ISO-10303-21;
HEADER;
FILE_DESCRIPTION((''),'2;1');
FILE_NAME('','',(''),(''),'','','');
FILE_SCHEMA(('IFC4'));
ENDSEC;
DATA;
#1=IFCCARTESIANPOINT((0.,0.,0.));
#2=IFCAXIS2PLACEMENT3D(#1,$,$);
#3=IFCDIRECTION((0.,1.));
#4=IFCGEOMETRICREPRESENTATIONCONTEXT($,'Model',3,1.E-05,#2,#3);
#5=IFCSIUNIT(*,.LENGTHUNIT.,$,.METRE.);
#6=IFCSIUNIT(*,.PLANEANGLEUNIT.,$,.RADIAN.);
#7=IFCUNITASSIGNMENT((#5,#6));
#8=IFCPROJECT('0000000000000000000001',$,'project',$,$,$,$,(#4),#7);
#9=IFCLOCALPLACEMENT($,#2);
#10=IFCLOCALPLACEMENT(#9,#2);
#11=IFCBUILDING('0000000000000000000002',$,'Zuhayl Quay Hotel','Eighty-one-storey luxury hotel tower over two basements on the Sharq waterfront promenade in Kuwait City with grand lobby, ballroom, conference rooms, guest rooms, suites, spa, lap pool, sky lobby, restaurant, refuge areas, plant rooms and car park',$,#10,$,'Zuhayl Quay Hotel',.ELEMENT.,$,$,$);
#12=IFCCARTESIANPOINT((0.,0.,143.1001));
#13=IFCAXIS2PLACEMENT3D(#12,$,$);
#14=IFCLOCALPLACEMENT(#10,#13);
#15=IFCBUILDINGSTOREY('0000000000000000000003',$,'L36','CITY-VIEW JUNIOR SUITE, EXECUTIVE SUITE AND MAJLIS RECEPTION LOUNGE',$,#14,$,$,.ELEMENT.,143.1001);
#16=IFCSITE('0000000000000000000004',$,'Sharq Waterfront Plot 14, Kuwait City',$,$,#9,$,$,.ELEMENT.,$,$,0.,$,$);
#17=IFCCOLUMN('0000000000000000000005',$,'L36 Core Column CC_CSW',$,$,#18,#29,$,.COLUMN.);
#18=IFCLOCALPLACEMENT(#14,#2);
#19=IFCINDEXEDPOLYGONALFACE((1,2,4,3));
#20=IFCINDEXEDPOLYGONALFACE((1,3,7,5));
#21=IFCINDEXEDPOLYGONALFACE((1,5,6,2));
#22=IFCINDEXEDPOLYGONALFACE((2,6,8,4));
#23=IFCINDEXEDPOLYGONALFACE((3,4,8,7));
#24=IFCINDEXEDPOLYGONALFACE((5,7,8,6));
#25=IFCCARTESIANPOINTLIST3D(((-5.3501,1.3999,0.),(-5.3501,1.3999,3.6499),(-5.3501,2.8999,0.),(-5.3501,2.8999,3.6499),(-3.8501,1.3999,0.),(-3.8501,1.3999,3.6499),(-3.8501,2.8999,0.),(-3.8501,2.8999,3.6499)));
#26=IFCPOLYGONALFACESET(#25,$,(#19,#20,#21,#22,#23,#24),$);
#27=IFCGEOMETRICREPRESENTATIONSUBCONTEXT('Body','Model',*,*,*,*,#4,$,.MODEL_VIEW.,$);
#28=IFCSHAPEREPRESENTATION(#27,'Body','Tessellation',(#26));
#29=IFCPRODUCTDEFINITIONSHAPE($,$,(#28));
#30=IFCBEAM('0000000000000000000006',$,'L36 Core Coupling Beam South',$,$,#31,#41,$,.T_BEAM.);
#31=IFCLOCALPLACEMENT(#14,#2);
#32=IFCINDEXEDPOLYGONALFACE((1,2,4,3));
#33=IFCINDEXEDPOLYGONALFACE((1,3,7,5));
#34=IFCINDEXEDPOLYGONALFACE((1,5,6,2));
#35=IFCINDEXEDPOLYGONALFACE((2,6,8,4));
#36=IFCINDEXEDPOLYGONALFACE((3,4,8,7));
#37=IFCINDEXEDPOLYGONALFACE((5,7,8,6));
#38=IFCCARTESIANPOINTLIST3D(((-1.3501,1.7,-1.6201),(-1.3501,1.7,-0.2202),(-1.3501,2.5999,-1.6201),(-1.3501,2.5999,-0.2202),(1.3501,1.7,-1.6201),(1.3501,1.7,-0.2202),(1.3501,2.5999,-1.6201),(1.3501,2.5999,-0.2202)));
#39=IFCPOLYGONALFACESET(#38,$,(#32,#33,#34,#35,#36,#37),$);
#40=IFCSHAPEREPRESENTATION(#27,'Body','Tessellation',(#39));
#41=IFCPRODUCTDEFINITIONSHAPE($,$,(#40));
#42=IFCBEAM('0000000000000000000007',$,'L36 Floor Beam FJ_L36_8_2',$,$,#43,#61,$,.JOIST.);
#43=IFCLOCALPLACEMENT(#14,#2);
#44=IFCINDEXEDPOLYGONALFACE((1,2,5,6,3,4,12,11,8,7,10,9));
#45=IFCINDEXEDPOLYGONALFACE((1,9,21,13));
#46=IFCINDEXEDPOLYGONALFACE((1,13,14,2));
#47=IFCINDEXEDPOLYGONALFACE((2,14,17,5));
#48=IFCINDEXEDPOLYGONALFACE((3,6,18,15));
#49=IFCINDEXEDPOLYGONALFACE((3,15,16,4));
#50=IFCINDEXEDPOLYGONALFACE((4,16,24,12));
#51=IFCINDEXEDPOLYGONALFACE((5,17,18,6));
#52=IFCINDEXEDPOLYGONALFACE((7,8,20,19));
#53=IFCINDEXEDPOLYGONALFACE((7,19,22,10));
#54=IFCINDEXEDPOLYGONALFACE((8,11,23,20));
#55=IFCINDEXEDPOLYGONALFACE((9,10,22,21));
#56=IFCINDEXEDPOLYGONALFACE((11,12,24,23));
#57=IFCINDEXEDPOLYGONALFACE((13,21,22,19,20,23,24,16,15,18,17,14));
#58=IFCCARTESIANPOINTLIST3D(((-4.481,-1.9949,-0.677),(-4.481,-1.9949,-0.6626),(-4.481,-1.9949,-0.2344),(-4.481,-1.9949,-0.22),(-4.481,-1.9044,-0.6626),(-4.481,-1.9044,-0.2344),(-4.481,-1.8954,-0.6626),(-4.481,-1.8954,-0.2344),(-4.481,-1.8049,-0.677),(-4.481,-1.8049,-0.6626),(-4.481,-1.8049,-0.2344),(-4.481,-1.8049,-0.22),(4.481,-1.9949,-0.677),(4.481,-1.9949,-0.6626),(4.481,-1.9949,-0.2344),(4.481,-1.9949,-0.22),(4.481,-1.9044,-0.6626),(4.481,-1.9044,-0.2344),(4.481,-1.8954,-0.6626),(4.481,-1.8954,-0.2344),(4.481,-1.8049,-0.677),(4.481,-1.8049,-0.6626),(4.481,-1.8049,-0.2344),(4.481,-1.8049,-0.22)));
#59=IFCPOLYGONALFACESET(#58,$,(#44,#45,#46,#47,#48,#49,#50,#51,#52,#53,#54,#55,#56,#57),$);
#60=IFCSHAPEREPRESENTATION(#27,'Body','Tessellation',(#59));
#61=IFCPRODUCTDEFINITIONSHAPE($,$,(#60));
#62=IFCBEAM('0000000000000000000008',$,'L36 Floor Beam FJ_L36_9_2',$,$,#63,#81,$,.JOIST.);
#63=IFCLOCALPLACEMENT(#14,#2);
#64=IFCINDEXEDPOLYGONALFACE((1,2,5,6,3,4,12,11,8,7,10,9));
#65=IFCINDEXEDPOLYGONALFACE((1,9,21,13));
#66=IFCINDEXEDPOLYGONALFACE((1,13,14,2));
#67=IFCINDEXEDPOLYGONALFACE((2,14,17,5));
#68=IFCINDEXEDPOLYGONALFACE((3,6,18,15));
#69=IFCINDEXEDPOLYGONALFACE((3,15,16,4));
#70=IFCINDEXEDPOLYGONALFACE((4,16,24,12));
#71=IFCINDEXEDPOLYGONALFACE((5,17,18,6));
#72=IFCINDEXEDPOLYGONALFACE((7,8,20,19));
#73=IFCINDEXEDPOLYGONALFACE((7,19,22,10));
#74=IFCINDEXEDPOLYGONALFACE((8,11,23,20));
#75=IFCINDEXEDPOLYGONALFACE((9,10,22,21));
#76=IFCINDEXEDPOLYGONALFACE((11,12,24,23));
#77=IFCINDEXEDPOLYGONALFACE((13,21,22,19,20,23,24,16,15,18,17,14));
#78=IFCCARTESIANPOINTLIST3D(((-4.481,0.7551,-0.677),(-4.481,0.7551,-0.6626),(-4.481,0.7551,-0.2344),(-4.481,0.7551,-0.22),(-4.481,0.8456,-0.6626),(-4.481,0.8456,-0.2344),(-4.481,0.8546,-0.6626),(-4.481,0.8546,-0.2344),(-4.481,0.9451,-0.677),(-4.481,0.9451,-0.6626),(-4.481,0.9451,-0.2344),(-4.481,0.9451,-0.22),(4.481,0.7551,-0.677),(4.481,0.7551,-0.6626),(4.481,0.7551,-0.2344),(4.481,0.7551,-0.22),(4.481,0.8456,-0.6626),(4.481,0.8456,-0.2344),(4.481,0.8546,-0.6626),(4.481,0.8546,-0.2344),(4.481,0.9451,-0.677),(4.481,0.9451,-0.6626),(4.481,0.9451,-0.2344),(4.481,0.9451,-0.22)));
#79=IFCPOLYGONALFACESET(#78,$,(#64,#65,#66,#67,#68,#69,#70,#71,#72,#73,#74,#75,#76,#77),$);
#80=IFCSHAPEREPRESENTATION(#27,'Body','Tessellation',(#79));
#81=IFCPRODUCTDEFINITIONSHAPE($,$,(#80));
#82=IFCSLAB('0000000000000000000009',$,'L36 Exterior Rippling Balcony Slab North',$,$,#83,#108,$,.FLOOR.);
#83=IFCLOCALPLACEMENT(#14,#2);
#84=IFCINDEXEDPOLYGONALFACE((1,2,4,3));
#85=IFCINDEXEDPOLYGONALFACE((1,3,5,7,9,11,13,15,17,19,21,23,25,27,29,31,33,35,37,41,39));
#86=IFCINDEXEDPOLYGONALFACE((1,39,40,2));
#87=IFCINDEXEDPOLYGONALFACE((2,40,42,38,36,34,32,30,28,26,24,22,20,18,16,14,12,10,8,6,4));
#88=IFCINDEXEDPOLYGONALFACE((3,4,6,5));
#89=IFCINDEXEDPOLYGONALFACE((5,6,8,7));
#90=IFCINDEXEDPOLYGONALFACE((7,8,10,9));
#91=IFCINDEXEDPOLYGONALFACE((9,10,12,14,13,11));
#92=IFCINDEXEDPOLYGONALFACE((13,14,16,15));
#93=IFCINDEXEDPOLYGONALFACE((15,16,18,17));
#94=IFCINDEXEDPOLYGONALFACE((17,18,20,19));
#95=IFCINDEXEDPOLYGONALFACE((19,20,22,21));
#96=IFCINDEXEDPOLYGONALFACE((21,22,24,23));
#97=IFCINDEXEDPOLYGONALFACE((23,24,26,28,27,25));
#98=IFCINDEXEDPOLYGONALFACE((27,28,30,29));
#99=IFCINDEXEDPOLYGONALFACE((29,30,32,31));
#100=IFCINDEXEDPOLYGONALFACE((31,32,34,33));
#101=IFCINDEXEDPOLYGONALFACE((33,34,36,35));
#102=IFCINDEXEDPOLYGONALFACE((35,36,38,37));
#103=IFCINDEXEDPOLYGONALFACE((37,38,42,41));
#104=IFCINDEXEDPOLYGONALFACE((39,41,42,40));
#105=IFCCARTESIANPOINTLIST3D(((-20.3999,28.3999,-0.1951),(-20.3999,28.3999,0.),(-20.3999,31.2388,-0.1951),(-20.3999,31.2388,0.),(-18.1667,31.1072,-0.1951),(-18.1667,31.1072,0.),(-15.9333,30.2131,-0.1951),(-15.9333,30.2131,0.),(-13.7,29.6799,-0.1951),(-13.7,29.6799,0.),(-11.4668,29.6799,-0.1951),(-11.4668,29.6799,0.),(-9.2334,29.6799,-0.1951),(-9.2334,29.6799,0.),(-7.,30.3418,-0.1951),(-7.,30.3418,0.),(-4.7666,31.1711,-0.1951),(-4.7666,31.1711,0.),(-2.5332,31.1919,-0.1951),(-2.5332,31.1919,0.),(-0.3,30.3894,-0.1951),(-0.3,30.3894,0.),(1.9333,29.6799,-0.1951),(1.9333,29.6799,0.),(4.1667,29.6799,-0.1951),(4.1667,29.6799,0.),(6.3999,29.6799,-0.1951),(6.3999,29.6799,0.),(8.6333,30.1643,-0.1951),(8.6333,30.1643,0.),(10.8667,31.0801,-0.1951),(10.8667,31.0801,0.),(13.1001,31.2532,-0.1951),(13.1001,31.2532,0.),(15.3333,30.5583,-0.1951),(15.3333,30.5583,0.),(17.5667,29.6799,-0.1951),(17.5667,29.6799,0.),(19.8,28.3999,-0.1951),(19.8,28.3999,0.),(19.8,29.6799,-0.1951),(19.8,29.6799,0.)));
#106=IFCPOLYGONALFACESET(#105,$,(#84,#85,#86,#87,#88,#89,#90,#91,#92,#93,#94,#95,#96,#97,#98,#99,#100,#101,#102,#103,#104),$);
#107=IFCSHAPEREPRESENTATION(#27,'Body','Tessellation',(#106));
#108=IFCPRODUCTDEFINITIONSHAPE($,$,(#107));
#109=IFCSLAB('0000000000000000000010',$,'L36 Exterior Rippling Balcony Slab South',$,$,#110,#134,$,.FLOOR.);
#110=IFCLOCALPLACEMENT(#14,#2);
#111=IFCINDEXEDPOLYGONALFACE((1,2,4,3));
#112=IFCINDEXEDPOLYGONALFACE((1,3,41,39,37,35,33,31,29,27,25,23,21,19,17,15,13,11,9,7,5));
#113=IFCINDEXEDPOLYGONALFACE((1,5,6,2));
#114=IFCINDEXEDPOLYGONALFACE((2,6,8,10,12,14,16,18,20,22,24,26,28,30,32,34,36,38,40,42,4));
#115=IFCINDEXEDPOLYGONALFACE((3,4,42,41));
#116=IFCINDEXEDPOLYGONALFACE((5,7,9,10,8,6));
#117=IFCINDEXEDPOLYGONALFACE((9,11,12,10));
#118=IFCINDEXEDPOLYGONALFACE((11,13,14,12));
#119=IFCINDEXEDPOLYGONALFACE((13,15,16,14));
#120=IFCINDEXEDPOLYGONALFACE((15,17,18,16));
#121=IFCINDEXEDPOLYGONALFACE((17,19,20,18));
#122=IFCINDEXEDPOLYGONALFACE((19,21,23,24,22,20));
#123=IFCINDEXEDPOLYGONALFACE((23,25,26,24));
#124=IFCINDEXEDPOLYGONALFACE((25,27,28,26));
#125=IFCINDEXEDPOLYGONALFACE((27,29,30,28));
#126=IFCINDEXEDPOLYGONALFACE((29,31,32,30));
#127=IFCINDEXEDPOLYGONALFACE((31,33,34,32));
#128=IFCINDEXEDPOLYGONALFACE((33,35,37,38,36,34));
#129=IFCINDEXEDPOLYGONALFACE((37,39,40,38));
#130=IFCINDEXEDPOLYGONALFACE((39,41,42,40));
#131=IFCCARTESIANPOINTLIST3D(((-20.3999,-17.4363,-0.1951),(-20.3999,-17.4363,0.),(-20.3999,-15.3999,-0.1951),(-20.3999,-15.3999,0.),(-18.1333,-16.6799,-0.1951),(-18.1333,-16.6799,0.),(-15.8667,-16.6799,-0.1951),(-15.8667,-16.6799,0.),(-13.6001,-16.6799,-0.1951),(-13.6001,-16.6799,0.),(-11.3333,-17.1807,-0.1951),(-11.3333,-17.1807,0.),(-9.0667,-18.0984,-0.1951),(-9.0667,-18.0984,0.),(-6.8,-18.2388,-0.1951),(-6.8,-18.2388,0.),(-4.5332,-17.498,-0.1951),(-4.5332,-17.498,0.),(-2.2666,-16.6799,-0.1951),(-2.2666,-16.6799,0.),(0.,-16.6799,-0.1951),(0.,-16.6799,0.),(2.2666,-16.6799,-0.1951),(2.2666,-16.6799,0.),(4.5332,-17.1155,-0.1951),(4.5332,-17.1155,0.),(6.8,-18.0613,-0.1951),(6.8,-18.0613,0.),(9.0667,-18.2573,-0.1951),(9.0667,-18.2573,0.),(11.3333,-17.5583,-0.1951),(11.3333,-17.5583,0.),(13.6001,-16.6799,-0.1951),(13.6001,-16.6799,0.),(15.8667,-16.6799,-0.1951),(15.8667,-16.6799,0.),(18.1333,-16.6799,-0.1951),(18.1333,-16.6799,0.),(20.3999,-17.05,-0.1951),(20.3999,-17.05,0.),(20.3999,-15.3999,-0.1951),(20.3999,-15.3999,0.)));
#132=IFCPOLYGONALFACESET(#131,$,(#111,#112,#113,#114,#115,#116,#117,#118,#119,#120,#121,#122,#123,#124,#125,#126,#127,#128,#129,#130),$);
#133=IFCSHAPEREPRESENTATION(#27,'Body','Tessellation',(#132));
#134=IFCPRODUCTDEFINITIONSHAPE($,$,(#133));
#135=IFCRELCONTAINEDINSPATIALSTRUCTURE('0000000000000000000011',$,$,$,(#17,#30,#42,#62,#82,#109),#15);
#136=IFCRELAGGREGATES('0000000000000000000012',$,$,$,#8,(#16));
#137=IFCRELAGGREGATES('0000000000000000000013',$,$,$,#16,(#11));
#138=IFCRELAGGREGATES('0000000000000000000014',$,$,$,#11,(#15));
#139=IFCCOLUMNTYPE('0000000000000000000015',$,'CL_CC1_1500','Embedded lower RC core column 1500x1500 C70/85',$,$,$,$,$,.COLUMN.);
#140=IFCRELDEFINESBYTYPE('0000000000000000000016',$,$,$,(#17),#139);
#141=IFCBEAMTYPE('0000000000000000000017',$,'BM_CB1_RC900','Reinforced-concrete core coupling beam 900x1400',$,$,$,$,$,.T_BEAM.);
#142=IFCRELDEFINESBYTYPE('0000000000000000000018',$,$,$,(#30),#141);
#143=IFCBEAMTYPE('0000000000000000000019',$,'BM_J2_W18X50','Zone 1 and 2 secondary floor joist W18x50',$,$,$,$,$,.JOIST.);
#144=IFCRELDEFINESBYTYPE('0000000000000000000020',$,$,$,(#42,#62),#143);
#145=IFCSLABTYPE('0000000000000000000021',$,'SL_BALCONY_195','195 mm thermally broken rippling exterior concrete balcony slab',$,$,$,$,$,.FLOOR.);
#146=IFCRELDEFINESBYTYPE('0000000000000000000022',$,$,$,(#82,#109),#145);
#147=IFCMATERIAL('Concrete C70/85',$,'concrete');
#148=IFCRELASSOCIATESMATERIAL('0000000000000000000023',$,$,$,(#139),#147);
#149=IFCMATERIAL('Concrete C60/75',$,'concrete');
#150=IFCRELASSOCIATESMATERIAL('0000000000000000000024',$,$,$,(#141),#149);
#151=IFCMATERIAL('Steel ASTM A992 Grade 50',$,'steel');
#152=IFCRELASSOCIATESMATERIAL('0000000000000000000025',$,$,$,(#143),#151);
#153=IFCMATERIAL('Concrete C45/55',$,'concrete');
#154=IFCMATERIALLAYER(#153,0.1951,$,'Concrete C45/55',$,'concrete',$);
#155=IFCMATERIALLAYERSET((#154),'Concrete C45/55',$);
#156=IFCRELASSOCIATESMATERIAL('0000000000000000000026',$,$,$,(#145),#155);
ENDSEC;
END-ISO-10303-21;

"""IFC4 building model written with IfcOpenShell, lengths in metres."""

from ifc_helpers import new_model, si_unit, direction, frame, origin, origin_2d, place, context, subcontext, project, spatial, polyline, rectangle, i_section, outline, extrude, material, layer, layer_set, material_profile, profile_set, type_object, element, save


model = new_model("IFC4")

# Units and contexts
model_context = context("Model", 3, precision=1e-05, world=origin(), true_north=direction((0.0, 1.0)))
body_context = subcontext(model_context, "Body", "Model", "MODEL_VIEW")
ifc_project = project(units=[si_unit("LENGTHUNIT", "METRE"), si_unit("PLANEANGLEUNIT", "RADIAN")], contexts=[model_context])

# Site, building, storey
site_placement = place(None, origin())
site = spatial("IfcSite", under=ifc_project, at=site_placement, Name="Sharq Waterfront Plot 14, Kuwait City", CompositionType="ELEMENT", RefElevation=0.0)
building_placement = place(site_placement, origin())
building = spatial("IfcBuilding", under=site, at=building_placement, Name="Zuhayl Quay Hotel", Description="Eighty-one-storey luxury hotel tower over two basements on the Sharq waterfront promenade in Kuwait City with grand lobby, ballroom, conference rooms, guest rooms, suites, spa, lap pool, sky lobby, restaurant, refuge areas, plant rooms and car park", LongName="Zuhayl Quay Hotel", CompositionType="ELEMENT")
storey_placement = place(building_placement, frame((0.0, 0.0, 143.1001)))
storey = spatial("IfcBuildingStorey", under=building, at=storey_placement, Name="L36", Description="CITY-VIEW JUNIOR SUITE, EXECUTIVE SUITE AND MAJLIS RECEPTION LOUNGE", CompositionType="ELEMENT", Elevation=143.1001)

# Column
ifc_material_1 = material(Name="Concrete C70/85", Category="concrete")
ifc_material_profile_1 = material_profile(ifc_material_1, rectangle(XDim=1.5, YDim=1.5, at=origin_2d()), Name="RC1500X1500")
ifc_profile_set_1 = profile_set([ifc_material_profile_1], Name="Concrete C70/85")
column_type = type_object("IfcColumnType", Name="CL_CC1_1500", Description="Embedded lower RC core column 1500x1500 C70/85", PredefinedType="COLUMN", material=ifc_profile_set_1)
column_placement = place(storey_placement, frame((-4.6001, 2.1499, 0.0), z_axis=(0.0, 0.0, 1.0), x_axis=(1.0, 0.0, 0.0)))
element("IfcColumn", 1, at=column_placement, inside=storey, type_object=column_type, Name="L36 Core Column CC_CSW", PredefinedType="COLUMN", context=body_context, shape_type="SweptSolid", body=[
    extrude(rectangle(XDim=1.5, YDim=1.5, at=origin_2d()), origin(), (0.0, 0.0, 1.0), 3.6499),
])

# Beams
ifc_material_2 = material(Name="Concrete C60/75", Category="concrete")
ifc_material_profile_2 = material_profile(ifc_material_2, rectangle(XDim=0.8999, YDim=1.3999, at=origin_2d()), Name="RC900X1400")
ifc_profile_set_2 = profile_set([ifc_material_profile_2], Name="Concrete C60/75")
beam_type_1 = type_object("IfcBeamType", Name="BM_CB1_RC900", Description="Reinforced-concrete core coupling beam 900x1400", PredefinedType="T_BEAM", material=ifc_profile_set_2)
beam_placement = place(storey_placement, frame((-1.3501, 2.1499, -0.9202), z_axis=(1.0, 0.0, 0.0), x_axis=(0.0, 1.0, 0.0)))
element("IfcBeam", 2, at=beam_placement, inside=storey, type_object=beam_type_1, Name="L36 Core Coupling Beam South", PredefinedType="T_BEAM", context=body_context, shape_type="SweptSolid", body=[
    extrude(rectangle(XDim=0.8999, YDim=1.3999, at=origin_2d()), origin(), (0.0, 0.0, 1.0), 2.7002),
])
ifc_material_3 = material(Name="Steel ASTM A992 Grade 50", Category="steel")
ifc_material_profile_3 = material_profile(ifc_material_3, i_section(OverallWidth=0.1899, OverallDepth=0.457, WebThickness=0.009, FlangeThickness=0.0144, at=origin_2d()), Name="W18X50")
ifc_profile_set_3 = profile_set([ifc_material_profile_3], Name="Steel ASTM A992 Grade 50")
beam_type_2 = type_object("IfcBeamType", Name="BM_J2_W18X50", Description="Zone 1 and 2 secondary floor joist W18x50", PredefinedType="JOIST", material=ifc_profile_set_3)
for number, where, z_axis, x_axis, name in (
    (3, (-4.481, -1.8999, -0.4485), (1.0, 0.0, 0.0), (0.0, 1.0, 0.0), "L36 Floor Beam FJ_L36_8_2"),
    (4, (-4.481, 0.8501, -0.4485), (1.0, 0.0, 0.0), (0.0, 1.0, 0.0), "L36 Floor Beam FJ_L36_9_2"),
):
    element("IfcBeam", number, at=place(storey_placement, frame(where, z_axis=z_axis, x_axis=x_axis)), inside=storey, type_object=beam_type_2, Name=name, PredefinedType="JOIST", context=body_context, shape_type="SweptSolid", body=[
        extrude(i_section(OverallWidth=0.1899, OverallDepth=0.457, WebThickness=0.009, FlangeThickness=0.0144, at=origin_2d()), origin(), (0.0, 0.0, 1.0), 8.9619),
    ])

# Slabs
ifc_material_4 = material(Name="Concrete C45/55", Category="concrete")
ifc_layer_1 = layer(ifc_material_4, 0.1951, Name="Concrete C45/55", Category="concrete")
ifc_layer_set_1 = layer_set([ifc_layer_1], Name="Concrete C45/55")
slab_type_1 = type_object("IfcSlabType", Name="SL_BALCONY_195", Description="195 mm thermally broken rippling exterior concrete balcony slab", PredefinedType="FLOOR", material=ifc_layer_set_1)
slab_1_placement = place(storey_placement, frame((0.0, 0.0, -0.1951)))
element("IfcSlab", 5, at=slab_1_placement, inside=storey, type_object=slab_type_1, Name="L36 Exterior Rippling Balcony Slab North", PredefinedType="FLOOR", context=body_context, shape_type="SweptSolid", body=[
    extrude(outline(polyline([(-20.3999, 28.3999), (19.8, 28.3999), (19.8, 29.6799), (17.5667, 29.6799), (15.3333, 30.5583), (13.1001, 31.2532), (10.8667, 31.0801), (8.6333, 30.1643), (6.3999, 29.6799), (4.1667, 29.6799), (1.9333, 29.6799), (-0.3, 30.3894), (-2.5332, 31.1919), (-4.7666, 31.1711), (-7.0, 30.3418), (-9.2334, 29.6799), (-11.4668, 29.6799), (-13.7, 29.6799), (-15.9333, 30.2131), (-18.1667, 31.1072), (-20.3999, 31.2388), (-20.3999, 28.3999)])), origin(), (0.0, 0.0, 1.0), 0.1951),
])
slab_2_placement = place(storey_placement, frame((0.0, 0.0, -0.1951)))
element("IfcSlab", 6, at=slab_2_placement, inside=storey, type_object=slab_type_1, Name="L36 Exterior Rippling Balcony Slab South", PredefinedType="FLOOR", context=body_context, shape_type="SweptSolid", body=[
    extrude(outline(polyline([(-20.3999, -17.4363), (-18.1333, -16.6799), (-15.8667, -16.6799), (-13.6001, -16.6799), (-11.3333, -17.1807), (-9.0667, -18.0984), (-6.8, -18.2388), (-4.5332, -17.498), (-2.2666, -16.6799), (0.0, -16.6799), (2.2666, -16.6799), (4.5332, -17.1155), (6.8, -18.0613), (9.0667, -18.2573), (11.3333, -17.5583), (13.6001, -16.6799), (15.8667, -16.6799), (18.1333, -16.6799), (20.3999, -17.05), (20.3999, -15.3999), (-20.3999, -15.3999), (-20.3999, -17.4363)])), origin(), (0.0, 0.0, 1.0), 0.1951),
])

save(model, "model.ifc")
